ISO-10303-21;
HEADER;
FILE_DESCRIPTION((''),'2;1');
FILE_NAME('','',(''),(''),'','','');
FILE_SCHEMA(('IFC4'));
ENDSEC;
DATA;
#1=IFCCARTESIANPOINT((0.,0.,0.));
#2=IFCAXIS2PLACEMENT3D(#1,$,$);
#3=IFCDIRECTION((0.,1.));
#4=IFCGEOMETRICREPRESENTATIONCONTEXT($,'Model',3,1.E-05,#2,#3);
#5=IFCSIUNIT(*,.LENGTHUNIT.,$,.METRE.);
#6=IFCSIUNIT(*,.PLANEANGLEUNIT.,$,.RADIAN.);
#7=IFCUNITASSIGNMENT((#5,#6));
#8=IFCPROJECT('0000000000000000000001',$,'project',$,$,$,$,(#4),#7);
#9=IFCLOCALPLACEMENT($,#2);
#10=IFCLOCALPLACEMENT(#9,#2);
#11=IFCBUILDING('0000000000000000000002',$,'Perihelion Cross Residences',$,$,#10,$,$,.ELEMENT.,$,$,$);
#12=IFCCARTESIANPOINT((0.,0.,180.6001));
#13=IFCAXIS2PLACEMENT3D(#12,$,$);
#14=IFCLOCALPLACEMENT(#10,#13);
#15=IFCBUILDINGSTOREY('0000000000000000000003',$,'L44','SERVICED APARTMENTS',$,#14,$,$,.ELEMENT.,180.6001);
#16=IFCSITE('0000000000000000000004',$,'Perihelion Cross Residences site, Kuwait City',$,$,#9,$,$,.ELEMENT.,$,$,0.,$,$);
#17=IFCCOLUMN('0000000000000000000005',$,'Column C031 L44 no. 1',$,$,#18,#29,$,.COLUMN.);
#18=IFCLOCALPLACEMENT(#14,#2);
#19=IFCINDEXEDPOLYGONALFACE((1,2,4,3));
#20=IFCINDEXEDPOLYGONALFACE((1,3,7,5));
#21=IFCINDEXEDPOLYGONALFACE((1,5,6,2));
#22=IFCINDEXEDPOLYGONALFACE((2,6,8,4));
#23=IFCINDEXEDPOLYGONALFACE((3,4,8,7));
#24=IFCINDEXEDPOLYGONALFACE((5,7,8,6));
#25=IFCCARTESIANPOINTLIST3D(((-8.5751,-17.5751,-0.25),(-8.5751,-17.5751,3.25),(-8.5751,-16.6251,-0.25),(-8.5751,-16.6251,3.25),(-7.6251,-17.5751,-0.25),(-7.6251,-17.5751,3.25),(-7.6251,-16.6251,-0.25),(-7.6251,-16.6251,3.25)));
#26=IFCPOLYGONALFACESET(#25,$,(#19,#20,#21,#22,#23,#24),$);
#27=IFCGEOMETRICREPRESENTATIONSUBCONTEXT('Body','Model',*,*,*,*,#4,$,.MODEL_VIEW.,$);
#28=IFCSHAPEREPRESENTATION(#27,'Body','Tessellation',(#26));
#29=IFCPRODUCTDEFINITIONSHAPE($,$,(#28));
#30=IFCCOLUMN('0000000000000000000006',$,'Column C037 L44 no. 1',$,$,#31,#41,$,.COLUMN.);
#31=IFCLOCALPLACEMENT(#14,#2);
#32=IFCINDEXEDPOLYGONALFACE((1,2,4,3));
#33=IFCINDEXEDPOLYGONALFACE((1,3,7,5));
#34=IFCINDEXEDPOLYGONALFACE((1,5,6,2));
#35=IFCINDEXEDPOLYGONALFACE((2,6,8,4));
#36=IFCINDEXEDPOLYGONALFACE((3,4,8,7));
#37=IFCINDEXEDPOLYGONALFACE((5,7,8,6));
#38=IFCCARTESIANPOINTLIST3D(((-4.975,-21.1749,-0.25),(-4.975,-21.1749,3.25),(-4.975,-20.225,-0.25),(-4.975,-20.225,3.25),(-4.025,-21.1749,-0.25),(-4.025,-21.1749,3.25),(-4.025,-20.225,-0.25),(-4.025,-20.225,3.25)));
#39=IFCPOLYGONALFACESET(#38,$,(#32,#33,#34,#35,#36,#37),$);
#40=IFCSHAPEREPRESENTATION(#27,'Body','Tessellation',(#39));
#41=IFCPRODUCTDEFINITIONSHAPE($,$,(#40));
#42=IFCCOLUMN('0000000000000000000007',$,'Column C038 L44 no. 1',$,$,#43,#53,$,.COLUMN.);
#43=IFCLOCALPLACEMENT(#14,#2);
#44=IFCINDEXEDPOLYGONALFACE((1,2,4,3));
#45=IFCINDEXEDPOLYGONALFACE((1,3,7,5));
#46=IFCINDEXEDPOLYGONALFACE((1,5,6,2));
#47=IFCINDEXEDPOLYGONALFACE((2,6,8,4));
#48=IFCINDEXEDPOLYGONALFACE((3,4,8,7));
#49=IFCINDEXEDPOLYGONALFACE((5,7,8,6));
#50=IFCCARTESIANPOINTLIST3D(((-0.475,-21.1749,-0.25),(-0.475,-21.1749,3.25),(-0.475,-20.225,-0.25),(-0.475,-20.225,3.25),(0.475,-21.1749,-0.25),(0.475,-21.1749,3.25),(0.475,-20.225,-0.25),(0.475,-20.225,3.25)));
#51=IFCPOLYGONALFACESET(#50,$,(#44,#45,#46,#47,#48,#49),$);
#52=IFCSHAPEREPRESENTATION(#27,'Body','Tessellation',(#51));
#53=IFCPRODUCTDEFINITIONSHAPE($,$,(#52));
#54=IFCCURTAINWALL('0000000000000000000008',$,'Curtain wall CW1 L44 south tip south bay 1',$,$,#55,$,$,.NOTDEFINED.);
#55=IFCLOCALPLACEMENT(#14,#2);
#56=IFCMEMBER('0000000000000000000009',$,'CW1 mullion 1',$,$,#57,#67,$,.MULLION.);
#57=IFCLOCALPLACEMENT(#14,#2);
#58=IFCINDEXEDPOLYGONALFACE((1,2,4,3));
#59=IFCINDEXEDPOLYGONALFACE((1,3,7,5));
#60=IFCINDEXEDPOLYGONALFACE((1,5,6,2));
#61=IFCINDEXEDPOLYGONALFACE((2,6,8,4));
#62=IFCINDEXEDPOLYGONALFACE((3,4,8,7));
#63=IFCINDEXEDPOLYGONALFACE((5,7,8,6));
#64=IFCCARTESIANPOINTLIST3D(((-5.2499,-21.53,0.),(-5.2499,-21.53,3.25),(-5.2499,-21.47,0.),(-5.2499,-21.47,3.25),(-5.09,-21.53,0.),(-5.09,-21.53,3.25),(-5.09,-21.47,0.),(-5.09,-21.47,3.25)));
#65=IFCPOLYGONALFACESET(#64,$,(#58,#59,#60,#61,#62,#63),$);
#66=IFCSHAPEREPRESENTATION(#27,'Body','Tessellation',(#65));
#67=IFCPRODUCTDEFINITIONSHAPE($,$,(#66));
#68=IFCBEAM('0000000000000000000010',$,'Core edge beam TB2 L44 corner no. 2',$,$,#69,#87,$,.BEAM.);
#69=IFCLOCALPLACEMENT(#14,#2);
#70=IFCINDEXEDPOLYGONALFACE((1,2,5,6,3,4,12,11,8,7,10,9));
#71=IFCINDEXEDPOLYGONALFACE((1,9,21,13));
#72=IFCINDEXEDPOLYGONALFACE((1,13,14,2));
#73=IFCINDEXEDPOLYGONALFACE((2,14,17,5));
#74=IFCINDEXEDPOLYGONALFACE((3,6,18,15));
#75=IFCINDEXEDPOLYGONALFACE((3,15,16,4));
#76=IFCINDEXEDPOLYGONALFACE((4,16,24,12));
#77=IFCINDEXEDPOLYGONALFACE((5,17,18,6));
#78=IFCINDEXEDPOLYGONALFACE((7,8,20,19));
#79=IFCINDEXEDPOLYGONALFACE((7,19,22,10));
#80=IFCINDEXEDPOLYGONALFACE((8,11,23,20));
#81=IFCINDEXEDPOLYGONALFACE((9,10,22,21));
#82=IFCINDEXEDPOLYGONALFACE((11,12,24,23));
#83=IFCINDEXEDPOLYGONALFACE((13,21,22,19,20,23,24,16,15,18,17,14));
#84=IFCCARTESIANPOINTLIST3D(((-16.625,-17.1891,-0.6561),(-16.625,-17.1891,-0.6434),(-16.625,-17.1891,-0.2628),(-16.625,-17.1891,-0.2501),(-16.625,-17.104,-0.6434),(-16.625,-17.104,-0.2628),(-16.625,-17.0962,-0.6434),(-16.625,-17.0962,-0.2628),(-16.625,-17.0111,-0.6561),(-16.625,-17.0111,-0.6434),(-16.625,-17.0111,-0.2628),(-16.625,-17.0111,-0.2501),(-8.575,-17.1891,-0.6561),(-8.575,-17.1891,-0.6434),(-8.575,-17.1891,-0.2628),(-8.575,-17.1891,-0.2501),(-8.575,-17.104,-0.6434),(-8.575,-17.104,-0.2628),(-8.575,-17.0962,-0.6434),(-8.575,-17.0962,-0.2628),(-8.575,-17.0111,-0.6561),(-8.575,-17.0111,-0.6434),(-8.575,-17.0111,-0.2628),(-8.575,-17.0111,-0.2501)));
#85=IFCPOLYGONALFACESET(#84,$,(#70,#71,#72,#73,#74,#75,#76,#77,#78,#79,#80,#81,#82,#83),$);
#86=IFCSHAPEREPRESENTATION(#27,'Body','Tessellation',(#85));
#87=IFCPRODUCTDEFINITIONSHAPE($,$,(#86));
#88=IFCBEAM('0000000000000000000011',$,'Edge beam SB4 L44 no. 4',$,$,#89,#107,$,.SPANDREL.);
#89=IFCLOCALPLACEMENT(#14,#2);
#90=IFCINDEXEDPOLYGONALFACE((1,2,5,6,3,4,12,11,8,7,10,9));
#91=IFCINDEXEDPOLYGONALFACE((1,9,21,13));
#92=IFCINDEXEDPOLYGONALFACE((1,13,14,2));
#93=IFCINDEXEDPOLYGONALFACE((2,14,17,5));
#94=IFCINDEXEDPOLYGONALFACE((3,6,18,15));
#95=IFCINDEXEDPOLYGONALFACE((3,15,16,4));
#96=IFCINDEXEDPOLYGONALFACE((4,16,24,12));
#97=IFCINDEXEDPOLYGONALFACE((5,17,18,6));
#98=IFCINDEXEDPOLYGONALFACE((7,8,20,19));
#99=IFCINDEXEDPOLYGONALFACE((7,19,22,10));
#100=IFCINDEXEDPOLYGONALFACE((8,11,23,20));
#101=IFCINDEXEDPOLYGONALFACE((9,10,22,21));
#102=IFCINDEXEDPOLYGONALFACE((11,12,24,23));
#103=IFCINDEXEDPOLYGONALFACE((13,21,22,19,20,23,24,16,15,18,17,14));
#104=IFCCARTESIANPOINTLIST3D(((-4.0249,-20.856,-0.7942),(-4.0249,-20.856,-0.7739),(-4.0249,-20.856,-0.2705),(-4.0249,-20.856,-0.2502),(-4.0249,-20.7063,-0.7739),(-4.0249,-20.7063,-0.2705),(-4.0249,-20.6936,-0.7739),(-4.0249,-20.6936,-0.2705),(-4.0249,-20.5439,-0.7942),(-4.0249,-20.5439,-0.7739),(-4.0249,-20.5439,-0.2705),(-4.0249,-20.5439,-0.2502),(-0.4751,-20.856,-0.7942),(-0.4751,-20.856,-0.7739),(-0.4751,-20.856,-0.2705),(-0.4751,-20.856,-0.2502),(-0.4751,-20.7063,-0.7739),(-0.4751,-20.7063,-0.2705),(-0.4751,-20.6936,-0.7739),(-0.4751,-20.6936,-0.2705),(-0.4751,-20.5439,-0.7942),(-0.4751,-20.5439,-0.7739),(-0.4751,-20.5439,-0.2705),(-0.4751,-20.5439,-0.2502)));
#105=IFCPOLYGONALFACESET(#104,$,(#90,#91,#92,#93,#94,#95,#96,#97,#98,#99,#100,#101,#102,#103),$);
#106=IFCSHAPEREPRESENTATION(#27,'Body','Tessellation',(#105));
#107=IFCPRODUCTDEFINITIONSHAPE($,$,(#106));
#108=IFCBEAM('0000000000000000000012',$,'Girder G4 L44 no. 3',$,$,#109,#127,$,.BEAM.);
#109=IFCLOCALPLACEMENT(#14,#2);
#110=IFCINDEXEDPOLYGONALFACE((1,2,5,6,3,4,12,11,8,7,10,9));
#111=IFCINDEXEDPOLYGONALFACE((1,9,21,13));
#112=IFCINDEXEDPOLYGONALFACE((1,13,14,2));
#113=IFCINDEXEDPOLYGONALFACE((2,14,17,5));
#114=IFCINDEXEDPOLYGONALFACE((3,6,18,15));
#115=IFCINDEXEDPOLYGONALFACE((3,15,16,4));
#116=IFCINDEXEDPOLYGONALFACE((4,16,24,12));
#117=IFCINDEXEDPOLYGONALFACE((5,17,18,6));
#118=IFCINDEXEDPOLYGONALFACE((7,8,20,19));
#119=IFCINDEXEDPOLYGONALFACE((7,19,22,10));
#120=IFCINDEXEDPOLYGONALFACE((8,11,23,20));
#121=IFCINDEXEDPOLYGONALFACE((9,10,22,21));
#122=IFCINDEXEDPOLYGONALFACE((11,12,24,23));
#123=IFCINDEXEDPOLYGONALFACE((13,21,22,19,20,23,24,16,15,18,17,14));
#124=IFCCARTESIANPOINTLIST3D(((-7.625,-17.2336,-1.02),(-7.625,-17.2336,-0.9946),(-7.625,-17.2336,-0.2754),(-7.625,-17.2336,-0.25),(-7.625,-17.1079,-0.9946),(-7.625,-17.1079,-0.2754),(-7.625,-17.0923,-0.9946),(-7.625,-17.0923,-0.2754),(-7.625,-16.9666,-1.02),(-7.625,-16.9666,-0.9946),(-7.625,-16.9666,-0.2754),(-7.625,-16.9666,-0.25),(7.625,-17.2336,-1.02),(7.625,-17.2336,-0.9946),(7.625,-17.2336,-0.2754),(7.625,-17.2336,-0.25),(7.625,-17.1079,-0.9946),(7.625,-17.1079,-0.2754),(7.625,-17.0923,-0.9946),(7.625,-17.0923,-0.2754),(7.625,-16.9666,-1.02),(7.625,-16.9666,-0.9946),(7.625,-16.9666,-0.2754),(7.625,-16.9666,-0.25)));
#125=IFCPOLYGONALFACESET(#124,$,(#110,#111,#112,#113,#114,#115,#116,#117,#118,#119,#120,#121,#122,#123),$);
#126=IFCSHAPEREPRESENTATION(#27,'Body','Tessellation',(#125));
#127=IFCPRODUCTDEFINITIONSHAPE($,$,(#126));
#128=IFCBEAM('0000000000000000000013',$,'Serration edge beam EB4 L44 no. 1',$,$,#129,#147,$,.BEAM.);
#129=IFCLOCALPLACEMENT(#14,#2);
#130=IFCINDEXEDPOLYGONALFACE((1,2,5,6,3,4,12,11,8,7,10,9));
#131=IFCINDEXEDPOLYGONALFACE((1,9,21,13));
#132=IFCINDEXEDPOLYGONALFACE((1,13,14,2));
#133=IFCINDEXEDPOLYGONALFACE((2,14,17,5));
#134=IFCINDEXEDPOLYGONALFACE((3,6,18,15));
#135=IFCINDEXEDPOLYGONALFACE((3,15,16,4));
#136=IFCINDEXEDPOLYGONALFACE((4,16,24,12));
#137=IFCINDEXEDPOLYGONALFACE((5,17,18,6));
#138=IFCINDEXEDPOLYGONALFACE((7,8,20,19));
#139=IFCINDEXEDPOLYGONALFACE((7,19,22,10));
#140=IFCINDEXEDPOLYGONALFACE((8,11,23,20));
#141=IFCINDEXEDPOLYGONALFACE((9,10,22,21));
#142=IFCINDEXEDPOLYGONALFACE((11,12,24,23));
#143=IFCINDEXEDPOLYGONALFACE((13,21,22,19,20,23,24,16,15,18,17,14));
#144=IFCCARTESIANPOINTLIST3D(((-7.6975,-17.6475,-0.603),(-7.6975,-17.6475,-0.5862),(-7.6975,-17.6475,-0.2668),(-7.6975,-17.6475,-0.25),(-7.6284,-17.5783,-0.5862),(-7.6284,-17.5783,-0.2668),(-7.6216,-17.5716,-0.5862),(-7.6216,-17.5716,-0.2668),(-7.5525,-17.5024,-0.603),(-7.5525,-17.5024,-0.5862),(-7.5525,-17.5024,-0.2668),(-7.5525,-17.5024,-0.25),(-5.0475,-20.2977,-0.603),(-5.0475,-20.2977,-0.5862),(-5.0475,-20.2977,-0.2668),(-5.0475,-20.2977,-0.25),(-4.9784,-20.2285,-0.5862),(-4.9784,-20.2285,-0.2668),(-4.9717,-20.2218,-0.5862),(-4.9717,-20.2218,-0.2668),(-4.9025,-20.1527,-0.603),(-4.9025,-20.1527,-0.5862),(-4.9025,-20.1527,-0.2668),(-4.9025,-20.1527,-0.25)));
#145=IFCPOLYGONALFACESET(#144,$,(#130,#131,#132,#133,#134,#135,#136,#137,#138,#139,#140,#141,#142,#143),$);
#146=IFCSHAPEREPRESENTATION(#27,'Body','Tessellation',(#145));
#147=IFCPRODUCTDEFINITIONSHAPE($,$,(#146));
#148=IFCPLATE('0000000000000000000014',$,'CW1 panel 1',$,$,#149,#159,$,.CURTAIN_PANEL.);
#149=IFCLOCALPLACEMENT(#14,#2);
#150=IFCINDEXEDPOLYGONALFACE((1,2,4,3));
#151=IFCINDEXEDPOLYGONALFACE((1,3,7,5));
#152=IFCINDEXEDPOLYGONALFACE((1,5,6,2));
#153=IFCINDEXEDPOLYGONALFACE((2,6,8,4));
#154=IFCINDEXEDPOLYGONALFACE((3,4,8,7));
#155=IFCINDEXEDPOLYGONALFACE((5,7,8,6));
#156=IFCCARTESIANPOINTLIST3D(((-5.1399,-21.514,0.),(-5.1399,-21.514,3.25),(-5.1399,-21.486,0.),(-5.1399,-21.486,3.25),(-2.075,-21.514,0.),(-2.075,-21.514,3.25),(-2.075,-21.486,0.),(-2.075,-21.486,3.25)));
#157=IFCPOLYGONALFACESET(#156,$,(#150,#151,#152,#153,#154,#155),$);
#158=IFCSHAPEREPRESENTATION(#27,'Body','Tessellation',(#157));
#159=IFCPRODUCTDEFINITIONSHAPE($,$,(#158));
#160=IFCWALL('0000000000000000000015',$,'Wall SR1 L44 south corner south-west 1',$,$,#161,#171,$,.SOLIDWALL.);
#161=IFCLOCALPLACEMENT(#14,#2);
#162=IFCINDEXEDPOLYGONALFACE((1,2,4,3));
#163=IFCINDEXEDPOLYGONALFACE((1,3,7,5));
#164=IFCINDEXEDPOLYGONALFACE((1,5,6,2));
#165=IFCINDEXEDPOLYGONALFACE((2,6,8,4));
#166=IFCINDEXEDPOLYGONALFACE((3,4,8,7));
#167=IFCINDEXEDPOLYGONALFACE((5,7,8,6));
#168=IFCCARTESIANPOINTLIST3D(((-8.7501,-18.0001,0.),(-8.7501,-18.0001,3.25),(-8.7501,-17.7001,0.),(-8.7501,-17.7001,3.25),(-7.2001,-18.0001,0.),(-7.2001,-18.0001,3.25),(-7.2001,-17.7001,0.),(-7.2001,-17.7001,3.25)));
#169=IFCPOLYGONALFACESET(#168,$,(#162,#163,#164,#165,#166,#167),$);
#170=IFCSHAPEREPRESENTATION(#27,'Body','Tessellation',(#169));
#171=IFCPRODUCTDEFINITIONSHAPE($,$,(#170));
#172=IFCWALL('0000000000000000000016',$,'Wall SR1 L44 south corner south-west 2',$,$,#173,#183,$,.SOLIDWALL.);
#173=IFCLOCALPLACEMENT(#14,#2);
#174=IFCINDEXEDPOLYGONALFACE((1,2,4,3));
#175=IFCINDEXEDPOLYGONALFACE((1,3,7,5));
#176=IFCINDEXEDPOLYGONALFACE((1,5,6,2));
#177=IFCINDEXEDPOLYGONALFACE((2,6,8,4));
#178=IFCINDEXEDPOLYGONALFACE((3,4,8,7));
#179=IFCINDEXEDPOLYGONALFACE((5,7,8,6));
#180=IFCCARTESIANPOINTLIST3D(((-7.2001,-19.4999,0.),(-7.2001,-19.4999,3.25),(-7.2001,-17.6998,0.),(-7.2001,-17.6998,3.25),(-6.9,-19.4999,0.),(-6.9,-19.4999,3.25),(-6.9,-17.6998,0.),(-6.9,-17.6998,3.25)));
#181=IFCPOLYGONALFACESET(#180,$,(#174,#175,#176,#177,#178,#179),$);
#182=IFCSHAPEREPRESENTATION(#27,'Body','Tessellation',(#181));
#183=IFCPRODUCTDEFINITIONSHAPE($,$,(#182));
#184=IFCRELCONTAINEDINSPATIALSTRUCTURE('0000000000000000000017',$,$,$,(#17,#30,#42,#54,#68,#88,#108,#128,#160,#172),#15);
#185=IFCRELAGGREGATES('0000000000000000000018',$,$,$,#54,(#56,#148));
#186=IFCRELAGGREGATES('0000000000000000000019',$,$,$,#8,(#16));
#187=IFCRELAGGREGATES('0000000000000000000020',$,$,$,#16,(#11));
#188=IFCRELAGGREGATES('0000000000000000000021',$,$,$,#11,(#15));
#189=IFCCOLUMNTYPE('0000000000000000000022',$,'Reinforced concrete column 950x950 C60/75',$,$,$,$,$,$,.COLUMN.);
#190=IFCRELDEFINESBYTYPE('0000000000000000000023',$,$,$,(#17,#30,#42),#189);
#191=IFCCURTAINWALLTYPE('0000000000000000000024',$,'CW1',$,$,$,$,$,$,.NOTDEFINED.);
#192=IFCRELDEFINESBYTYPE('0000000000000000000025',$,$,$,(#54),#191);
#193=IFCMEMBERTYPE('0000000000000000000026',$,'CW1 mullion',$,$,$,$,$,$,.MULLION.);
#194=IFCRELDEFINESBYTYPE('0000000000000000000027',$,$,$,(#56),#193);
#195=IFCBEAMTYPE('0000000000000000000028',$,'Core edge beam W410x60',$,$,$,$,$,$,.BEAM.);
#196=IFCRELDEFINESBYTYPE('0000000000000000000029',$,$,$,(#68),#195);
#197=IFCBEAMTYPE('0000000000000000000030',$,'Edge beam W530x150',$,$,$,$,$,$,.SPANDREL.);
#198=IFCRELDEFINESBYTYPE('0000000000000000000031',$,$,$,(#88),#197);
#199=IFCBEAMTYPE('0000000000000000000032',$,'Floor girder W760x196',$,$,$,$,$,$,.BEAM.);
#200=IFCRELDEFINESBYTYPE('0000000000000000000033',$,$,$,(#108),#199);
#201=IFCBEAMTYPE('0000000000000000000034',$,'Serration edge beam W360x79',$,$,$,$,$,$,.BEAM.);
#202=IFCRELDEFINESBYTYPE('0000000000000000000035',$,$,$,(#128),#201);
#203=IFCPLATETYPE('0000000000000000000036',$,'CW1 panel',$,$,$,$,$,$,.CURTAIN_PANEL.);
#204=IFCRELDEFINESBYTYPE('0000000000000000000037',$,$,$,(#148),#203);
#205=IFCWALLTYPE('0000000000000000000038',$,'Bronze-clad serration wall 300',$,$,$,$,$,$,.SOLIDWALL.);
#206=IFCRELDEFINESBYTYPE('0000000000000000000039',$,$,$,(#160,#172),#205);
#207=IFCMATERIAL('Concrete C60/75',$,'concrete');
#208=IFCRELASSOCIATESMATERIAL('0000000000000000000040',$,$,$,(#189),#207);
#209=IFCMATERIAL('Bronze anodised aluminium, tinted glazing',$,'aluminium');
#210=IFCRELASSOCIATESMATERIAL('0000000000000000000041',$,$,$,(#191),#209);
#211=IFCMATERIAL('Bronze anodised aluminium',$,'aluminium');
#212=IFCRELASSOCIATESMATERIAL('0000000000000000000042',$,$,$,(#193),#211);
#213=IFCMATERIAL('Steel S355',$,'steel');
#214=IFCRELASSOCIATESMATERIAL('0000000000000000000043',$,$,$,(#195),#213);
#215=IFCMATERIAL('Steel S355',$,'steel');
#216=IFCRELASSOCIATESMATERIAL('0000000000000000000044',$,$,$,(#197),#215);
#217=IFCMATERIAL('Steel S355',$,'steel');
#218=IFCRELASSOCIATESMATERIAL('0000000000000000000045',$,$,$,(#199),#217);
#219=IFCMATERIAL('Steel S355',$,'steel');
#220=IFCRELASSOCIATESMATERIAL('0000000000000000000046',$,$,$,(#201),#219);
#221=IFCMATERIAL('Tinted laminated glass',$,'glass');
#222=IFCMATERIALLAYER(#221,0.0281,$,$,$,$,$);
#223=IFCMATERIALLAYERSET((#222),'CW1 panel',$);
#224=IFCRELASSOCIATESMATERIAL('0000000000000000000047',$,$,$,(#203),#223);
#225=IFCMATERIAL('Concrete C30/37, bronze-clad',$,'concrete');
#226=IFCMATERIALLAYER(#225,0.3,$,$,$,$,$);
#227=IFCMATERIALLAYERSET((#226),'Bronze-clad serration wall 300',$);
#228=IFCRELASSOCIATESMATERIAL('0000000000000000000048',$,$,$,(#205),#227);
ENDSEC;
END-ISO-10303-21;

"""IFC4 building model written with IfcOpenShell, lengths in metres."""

from ifc_helpers import new_model, si_unit, direction, frame, frame_2d, origin, origin_2d, place, context, subcontext, project, spatial, rectangle, i_section, extrude, material, layer, layer_set, material_profile, profile_set, type_object, element, aggregate, save


model = new_model("IFC4")

# Units and contexts
model_context = context("Model", 3, precision=1e-05, world=origin(), true_north=direction((0.0, 1.0)))
body_context = subcontext(model_context, "Body", "Model", "MODEL_VIEW")
ifc_project = project(units=[si_unit("LENGTHUNIT", "METRE"), si_unit("PLANEANGLEUNIT", "RADIAN")], contexts=[model_context])

# Site, building, storey
site_placement = place(None, origin())
site = spatial("IfcSite", under=ifc_project, at=site_placement, Name="Perihelion Cross Residences site, Kuwait City", CompositionType="ELEMENT", RefElevation=0.0)
building_placement = place(site_placement, origin())
building = spatial("IfcBuilding", under=site, at=building_placement, Name="Perihelion Cross Residences", CompositionType="ELEMENT")
storey_placement = place(building_placement, frame((0.0, 0.0, 180.6001)))
storey = spatial("IfcBuildingStorey", under=building, at=storey_placement, Name="L44", Description="SERVICED APARTMENTS", CompositionType="ELEMENT", Elevation=180.6001)

# Columns
ifc_material_1 = material(Name="Concrete C60/75", Category="concrete")
ifc_material_profile_1 = material_profile(ifc_material_1, rectangle(XDim=0.95, YDim=0.95, at=origin_2d()), Name="RC 950x950")
ifc_profile_set_1 = profile_set([ifc_material_profile_1], Name="Concrete C60/75")
column_type = type_object("IfcColumnType", Name="Reinforced concrete column 950x950 C60/75", PredefinedType="COLUMN", material=ifc_profile_set_1)
for number, where, z_axis, x_axis, name in (
    (1, (-8.1001, -17.1001, -0.25), (0.0, 0.0, 1.0), (1.0, 0.0, 0.0), "Column C031 L44 no. 1"),
    (2, (-4.5, -20.7, -0.25), (0.0, 0.0, 1.0), (1.0, 0.0, 0.0), "Column C037 L44 no. 1"),
    (3, (0.0, -20.7, -0.25), (0.0, 0.0, 1.0), (1.0, 0.0, 0.0), "Column C038 L44 no. 1"),
):
    element("IfcColumn", number, at=place(storey_placement, frame(where, z_axis=z_axis, x_axis=x_axis)), inside=storey, type_object=column_type, Name=name, PredefinedType="COLUMN", context=body_context, shape_type="SweptSolid", body=[
        extrude(rectangle(XDim=0.95, YDim=0.95, at=origin_2d()), origin(), (0.0, 0.0, 1.0), 3.5),
    ])

# Curtain wall, member
ifc_material_2 = material(Name="Bronze anodised aluminium, tinted glazing", Category="aluminium")
curtain_wall_type = type_object("IfcCurtainWallType", Name="CW1", PredefinedType="NOTDEFINED", material=ifc_material_2)
curtain_wall_placement = place(storey_placement, origin())
curtain_wall = element("IfcCurtainWall", 4, at=curtain_wall_placement, inside=storey, type_object=curtain_wall_type, Name="Curtain wall CW1 L44 south tip south bay 1", PredefinedType="NOTDEFINED")
ifc_material_3 = material(Name="Bronze anodised aluminium", Category="aluminium")
ifc_material_profile_2 = material_profile(ifc_material_3, rectangle(XDim=0.0601, YDim=0.1599, at=origin_2d()), Name="CW1 mullion")
ifc_profile_set_2 = profile_set([ifc_material_profile_2], Name="Bronze anodised aluminium")
member_type = type_object("IfcMemberType", Name="CW1 mullion", PredefinedType="MULLION", material=ifc_profile_set_2)
member_placement = place(storey_placement, frame((-5.1699, -21.5, 0.0), z_axis=(0.0, 0.0, 1.0), x_axis=(0.0, 1.0, 0.0)))
member = element("IfcMember", 5, at=member_placement, type_object=member_type, Name="CW1 mullion 1", PredefinedType="MULLION", context=body_context, shape_type="SweptSolid", body=[
    extrude(rectangle(XDim=0.0601, YDim=0.1599, at=origin_2d()), origin(), (0.0, 0.0, 1.0), 3.25),
])

# Beams
ifc_material_4 = material(Name="Steel S355", Category="steel")
ifc_material_profile_3 = material_profile(ifc_material_4, i_section(OverallWidth=0.178, OverallDepth=0.406, WebThickness=0.0078, FlangeThickness=0.0127, at=origin_2d()), Name="W410x60")
ifc_profile_set_3 = profile_set([ifc_material_profile_3], Name="Steel S355")
beam_type_1 = type_object("IfcBeamType", Name="Core edge beam W410x60", PredefinedType="BEAM", material=ifc_profile_set_3)
beam_1_placement = place(storey_placement, frame((-8.575, -17.1001, -0.4531), z_axis=(-1.0, 0.0, 0.0), x_axis=(0.0, -1.0, 0.0)))
element("IfcBeam", 6, at=beam_1_placement, inside=storey, type_object=beam_type_1, Name="Core edge beam TB2 L44 corner no. 2", PredefinedType="BEAM", context=body_context, shape_type="SweptSolid", body=[
    extrude(i_section(OverallWidth=0.178, OverallDepth=0.406, WebThickness=0.0078, FlangeThickness=0.0127, at=origin_2d()), origin(), (0.0, 0.0, 1.0), 8.05),
])
ifc_material_5 = material(Name="Steel S355", Category="steel")
ifc_material_profile_4 = material_profile(ifc_material_5, i_section(OverallWidth=0.312, OverallDepth=0.5439, WebThickness=0.0127, FlangeThickness=0.0203, at=origin_2d()), Name="W530x150")
ifc_profile_set_4 = profile_set([ifc_material_profile_4], Name="Steel S355")
beam_type_2 = type_object("IfcBeamType", Name="Edge beam W530x150", PredefinedType="SPANDREL", material=ifc_profile_set_4)
beam_2_placement = place(storey_placement, frame((-4.0249, -20.7, -0.5222), z_axis=(1.0, 0.0, 0.0), x_axis=(0.0, 1.0, 0.0)))
element("IfcBeam", 7, at=beam_2_placement, inside=storey, type_object=beam_type_2, Name="Edge beam SB4 L44 no. 4", PredefinedType="SPANDREL", context=body_context, shape_type="SweptSolid", body=[
    extrude(i_section(OverallWidth=0.312, OverallDepth=0.5439, WebThickness=0.0127, FlangeThickness=0.0203, at=origin_2d()), origin(), (0.0, 0.0, 1.0), 3.5498),
])
ifc_material_6 = material(Name="Steel S355", Category="steel")
ifc_material_profile_5 = material_profile(ifc_material_6, i_section(OverallWidth=0.2671, OverallDepth=0.77, WebThickness=0.0156, FlangeThickness=0.0254, at=origin_2d()), Name="W760x196")
ifc_profile_set_5 = profile_set([ifc_material_profile_5], Name="Steel S355")
beam_type_3 = type_object("IfcBeamType", Name="Floor girder W760x196", PredefinedType="BEAM", material=ifc_profile_set_5)
beam_3_placement = place(storey_placement, frame((-7.625, -17.1001, -0.635), z_axis=(1.0, 0.0, 0.0), x_axis=(0.0, 1.0, 0.0)))
element("IfcBeam", 8, at=beam_3_placement, inside=storey, type_object=beam_type_3, Name="Girder G4 L44 no. 3", PredefinedType="BEAM", context=body_context, shape_type="SweptSolid", body=[
    extrude(i_section(OverallWidth=0.2671, OverallDepth=0.77, WebThickness=0.0156, FlangeThickness=0.0254, at=origin_2d()), origin(), (0.0, 0.0, 1.0), 15.25),
])
ifc_material_7 = material(Name="Steel S355", Category="steel")
ifc_material_profile_6 = material_profile(ifc_material_7, i_section(OverallWidth=0.2051, OverallDepth=0.353, WebThickness=0.0095, FlangeThickness=0.0168, at=origin_2d()), Name="W360x79")
ifc_profile_set_6 = profile_set([ifc_material_profile_6], Name="Steel S355")
beam_type_4 = type_object("IfcBeamType", Name="Serration edge beam W360x79", PredefinedType="BEAM", material=ifc_profile_set_6)
beam_4_placement = place(storey_placement, frame((-7.625, -17.575, -0.4265), z_axis=(0.707074, -0.707139, 0.0), x_axis=(0.707139, 0.707074, 0.0)))
element("IfcBeam", 9, at=beam_4_placement, inside=storey, type_object=beam_type_4, Name="Serration edge beam EB4 L44 no. 1", PredefinedType="BEAM", context=body_context, shape_type="SweptSolid", body=[
    extrude(i_section(OverallWidth=0.2051, OverallDepth=0.353, WebThickness=0.0095, FlangeThickness=0.0168, at=origin_2d()), origin(), (0.0, 0.0, 1.0), 3.7478),
])

# Plate
ifc_material_8 = material(Name="Tinted laminated glass", Category="glass")
ifc_layer_1 = layer(ifc_material_8, 0.0281)
ifc_layer_set_1 = layer_set([ifc_layer_1], Name="CW1 panel")
plate_type = type_object("IfcPlateType", Name="CW1 panel", PredefinedType="CURTAIN_PANEL", material=ifc_layer_set_1)
plate_placement = place(storey_placement, frame((-3.6074, -21.5, 0.0), z_axis=(0.0, 0.0, 1.0), x_axis=(1.0, 0.0, 0.0)))
plate = element("IfcPlate", 10, at=plate_placement, type_object=plate_type, Name="CW1 panel 1", PredefinedType="CURTAIN_PANEL", context=body_context, shape_type="SweptSolid", body=[
    extrude(rectangle(XDim=3.0649, YDim=0.0281, at=origin_2d()), origin(), (0.0, 0.0, 1.0), 3.25),
])
aggregate(curtain_wall, [member, plate])

# Walls
ifc_material_9 = material(Name="Concrete C30/37, bronze-clad", Category="concrete")
ifc_layer_2 = layer(ifc_material_9, 0.3)
ifc_layer_set_2 = layer_set([ifc_layer_2], Name="Bronze-clad serration wall 300")
wall_type_1 = type_object("IfcWallType", Name="Bronze-clad serration wall 300", PredefinedType="SOLIDWALL", material=ifc_layer_set_2)
wall_1_placement = place(storey_placement, frame((-8.75, -17.8501, 0.0), z_axis=(0.0, 0.0, 1.0), x_axis=(1.0, 0.0, 0.0)))
element("IfcWall", 11, at=wall_1_placement, inside=storey, type_object=wall_type_1, Name="Wall SR1 L44 south corner south-west 1", PredefinedType="SOLIDWALL", context=body_context, shape_type="SweptSolid", body=[
    extrude(rectangle(XDim=1.55, YDim=0.3, at=frame_2d((0.7749, 0.0))), origin(), (0.0, 0.0, 1.0), 3.25),
])
for number, where, z_axis, x_axis, name in (
    (12, (-7.05, -17.7, 0.0), (0.0, 0.0, 1.0), (0.0, -1.0, 0.0), "Wall SR1 L44 south corner south-west 2"),
):
    element("IfcWall", number, at=place(storey_placement, frame(where, z_axis=z_axis, x_axis=x_axis)), inside=storey, type_object=wall_type_1, Name=name, PredefinedType="SOLIDWALL", context=body_context, shape_type="SweptSolid", body=[
        extrude(rectangle(XDim=1.8, YDim=0.3, at=frame_2d((0.8999, 0.0))), origin(), (0.0, 0.0, 1.0), 3.25),
    ])

save(model, "model.ifc")
